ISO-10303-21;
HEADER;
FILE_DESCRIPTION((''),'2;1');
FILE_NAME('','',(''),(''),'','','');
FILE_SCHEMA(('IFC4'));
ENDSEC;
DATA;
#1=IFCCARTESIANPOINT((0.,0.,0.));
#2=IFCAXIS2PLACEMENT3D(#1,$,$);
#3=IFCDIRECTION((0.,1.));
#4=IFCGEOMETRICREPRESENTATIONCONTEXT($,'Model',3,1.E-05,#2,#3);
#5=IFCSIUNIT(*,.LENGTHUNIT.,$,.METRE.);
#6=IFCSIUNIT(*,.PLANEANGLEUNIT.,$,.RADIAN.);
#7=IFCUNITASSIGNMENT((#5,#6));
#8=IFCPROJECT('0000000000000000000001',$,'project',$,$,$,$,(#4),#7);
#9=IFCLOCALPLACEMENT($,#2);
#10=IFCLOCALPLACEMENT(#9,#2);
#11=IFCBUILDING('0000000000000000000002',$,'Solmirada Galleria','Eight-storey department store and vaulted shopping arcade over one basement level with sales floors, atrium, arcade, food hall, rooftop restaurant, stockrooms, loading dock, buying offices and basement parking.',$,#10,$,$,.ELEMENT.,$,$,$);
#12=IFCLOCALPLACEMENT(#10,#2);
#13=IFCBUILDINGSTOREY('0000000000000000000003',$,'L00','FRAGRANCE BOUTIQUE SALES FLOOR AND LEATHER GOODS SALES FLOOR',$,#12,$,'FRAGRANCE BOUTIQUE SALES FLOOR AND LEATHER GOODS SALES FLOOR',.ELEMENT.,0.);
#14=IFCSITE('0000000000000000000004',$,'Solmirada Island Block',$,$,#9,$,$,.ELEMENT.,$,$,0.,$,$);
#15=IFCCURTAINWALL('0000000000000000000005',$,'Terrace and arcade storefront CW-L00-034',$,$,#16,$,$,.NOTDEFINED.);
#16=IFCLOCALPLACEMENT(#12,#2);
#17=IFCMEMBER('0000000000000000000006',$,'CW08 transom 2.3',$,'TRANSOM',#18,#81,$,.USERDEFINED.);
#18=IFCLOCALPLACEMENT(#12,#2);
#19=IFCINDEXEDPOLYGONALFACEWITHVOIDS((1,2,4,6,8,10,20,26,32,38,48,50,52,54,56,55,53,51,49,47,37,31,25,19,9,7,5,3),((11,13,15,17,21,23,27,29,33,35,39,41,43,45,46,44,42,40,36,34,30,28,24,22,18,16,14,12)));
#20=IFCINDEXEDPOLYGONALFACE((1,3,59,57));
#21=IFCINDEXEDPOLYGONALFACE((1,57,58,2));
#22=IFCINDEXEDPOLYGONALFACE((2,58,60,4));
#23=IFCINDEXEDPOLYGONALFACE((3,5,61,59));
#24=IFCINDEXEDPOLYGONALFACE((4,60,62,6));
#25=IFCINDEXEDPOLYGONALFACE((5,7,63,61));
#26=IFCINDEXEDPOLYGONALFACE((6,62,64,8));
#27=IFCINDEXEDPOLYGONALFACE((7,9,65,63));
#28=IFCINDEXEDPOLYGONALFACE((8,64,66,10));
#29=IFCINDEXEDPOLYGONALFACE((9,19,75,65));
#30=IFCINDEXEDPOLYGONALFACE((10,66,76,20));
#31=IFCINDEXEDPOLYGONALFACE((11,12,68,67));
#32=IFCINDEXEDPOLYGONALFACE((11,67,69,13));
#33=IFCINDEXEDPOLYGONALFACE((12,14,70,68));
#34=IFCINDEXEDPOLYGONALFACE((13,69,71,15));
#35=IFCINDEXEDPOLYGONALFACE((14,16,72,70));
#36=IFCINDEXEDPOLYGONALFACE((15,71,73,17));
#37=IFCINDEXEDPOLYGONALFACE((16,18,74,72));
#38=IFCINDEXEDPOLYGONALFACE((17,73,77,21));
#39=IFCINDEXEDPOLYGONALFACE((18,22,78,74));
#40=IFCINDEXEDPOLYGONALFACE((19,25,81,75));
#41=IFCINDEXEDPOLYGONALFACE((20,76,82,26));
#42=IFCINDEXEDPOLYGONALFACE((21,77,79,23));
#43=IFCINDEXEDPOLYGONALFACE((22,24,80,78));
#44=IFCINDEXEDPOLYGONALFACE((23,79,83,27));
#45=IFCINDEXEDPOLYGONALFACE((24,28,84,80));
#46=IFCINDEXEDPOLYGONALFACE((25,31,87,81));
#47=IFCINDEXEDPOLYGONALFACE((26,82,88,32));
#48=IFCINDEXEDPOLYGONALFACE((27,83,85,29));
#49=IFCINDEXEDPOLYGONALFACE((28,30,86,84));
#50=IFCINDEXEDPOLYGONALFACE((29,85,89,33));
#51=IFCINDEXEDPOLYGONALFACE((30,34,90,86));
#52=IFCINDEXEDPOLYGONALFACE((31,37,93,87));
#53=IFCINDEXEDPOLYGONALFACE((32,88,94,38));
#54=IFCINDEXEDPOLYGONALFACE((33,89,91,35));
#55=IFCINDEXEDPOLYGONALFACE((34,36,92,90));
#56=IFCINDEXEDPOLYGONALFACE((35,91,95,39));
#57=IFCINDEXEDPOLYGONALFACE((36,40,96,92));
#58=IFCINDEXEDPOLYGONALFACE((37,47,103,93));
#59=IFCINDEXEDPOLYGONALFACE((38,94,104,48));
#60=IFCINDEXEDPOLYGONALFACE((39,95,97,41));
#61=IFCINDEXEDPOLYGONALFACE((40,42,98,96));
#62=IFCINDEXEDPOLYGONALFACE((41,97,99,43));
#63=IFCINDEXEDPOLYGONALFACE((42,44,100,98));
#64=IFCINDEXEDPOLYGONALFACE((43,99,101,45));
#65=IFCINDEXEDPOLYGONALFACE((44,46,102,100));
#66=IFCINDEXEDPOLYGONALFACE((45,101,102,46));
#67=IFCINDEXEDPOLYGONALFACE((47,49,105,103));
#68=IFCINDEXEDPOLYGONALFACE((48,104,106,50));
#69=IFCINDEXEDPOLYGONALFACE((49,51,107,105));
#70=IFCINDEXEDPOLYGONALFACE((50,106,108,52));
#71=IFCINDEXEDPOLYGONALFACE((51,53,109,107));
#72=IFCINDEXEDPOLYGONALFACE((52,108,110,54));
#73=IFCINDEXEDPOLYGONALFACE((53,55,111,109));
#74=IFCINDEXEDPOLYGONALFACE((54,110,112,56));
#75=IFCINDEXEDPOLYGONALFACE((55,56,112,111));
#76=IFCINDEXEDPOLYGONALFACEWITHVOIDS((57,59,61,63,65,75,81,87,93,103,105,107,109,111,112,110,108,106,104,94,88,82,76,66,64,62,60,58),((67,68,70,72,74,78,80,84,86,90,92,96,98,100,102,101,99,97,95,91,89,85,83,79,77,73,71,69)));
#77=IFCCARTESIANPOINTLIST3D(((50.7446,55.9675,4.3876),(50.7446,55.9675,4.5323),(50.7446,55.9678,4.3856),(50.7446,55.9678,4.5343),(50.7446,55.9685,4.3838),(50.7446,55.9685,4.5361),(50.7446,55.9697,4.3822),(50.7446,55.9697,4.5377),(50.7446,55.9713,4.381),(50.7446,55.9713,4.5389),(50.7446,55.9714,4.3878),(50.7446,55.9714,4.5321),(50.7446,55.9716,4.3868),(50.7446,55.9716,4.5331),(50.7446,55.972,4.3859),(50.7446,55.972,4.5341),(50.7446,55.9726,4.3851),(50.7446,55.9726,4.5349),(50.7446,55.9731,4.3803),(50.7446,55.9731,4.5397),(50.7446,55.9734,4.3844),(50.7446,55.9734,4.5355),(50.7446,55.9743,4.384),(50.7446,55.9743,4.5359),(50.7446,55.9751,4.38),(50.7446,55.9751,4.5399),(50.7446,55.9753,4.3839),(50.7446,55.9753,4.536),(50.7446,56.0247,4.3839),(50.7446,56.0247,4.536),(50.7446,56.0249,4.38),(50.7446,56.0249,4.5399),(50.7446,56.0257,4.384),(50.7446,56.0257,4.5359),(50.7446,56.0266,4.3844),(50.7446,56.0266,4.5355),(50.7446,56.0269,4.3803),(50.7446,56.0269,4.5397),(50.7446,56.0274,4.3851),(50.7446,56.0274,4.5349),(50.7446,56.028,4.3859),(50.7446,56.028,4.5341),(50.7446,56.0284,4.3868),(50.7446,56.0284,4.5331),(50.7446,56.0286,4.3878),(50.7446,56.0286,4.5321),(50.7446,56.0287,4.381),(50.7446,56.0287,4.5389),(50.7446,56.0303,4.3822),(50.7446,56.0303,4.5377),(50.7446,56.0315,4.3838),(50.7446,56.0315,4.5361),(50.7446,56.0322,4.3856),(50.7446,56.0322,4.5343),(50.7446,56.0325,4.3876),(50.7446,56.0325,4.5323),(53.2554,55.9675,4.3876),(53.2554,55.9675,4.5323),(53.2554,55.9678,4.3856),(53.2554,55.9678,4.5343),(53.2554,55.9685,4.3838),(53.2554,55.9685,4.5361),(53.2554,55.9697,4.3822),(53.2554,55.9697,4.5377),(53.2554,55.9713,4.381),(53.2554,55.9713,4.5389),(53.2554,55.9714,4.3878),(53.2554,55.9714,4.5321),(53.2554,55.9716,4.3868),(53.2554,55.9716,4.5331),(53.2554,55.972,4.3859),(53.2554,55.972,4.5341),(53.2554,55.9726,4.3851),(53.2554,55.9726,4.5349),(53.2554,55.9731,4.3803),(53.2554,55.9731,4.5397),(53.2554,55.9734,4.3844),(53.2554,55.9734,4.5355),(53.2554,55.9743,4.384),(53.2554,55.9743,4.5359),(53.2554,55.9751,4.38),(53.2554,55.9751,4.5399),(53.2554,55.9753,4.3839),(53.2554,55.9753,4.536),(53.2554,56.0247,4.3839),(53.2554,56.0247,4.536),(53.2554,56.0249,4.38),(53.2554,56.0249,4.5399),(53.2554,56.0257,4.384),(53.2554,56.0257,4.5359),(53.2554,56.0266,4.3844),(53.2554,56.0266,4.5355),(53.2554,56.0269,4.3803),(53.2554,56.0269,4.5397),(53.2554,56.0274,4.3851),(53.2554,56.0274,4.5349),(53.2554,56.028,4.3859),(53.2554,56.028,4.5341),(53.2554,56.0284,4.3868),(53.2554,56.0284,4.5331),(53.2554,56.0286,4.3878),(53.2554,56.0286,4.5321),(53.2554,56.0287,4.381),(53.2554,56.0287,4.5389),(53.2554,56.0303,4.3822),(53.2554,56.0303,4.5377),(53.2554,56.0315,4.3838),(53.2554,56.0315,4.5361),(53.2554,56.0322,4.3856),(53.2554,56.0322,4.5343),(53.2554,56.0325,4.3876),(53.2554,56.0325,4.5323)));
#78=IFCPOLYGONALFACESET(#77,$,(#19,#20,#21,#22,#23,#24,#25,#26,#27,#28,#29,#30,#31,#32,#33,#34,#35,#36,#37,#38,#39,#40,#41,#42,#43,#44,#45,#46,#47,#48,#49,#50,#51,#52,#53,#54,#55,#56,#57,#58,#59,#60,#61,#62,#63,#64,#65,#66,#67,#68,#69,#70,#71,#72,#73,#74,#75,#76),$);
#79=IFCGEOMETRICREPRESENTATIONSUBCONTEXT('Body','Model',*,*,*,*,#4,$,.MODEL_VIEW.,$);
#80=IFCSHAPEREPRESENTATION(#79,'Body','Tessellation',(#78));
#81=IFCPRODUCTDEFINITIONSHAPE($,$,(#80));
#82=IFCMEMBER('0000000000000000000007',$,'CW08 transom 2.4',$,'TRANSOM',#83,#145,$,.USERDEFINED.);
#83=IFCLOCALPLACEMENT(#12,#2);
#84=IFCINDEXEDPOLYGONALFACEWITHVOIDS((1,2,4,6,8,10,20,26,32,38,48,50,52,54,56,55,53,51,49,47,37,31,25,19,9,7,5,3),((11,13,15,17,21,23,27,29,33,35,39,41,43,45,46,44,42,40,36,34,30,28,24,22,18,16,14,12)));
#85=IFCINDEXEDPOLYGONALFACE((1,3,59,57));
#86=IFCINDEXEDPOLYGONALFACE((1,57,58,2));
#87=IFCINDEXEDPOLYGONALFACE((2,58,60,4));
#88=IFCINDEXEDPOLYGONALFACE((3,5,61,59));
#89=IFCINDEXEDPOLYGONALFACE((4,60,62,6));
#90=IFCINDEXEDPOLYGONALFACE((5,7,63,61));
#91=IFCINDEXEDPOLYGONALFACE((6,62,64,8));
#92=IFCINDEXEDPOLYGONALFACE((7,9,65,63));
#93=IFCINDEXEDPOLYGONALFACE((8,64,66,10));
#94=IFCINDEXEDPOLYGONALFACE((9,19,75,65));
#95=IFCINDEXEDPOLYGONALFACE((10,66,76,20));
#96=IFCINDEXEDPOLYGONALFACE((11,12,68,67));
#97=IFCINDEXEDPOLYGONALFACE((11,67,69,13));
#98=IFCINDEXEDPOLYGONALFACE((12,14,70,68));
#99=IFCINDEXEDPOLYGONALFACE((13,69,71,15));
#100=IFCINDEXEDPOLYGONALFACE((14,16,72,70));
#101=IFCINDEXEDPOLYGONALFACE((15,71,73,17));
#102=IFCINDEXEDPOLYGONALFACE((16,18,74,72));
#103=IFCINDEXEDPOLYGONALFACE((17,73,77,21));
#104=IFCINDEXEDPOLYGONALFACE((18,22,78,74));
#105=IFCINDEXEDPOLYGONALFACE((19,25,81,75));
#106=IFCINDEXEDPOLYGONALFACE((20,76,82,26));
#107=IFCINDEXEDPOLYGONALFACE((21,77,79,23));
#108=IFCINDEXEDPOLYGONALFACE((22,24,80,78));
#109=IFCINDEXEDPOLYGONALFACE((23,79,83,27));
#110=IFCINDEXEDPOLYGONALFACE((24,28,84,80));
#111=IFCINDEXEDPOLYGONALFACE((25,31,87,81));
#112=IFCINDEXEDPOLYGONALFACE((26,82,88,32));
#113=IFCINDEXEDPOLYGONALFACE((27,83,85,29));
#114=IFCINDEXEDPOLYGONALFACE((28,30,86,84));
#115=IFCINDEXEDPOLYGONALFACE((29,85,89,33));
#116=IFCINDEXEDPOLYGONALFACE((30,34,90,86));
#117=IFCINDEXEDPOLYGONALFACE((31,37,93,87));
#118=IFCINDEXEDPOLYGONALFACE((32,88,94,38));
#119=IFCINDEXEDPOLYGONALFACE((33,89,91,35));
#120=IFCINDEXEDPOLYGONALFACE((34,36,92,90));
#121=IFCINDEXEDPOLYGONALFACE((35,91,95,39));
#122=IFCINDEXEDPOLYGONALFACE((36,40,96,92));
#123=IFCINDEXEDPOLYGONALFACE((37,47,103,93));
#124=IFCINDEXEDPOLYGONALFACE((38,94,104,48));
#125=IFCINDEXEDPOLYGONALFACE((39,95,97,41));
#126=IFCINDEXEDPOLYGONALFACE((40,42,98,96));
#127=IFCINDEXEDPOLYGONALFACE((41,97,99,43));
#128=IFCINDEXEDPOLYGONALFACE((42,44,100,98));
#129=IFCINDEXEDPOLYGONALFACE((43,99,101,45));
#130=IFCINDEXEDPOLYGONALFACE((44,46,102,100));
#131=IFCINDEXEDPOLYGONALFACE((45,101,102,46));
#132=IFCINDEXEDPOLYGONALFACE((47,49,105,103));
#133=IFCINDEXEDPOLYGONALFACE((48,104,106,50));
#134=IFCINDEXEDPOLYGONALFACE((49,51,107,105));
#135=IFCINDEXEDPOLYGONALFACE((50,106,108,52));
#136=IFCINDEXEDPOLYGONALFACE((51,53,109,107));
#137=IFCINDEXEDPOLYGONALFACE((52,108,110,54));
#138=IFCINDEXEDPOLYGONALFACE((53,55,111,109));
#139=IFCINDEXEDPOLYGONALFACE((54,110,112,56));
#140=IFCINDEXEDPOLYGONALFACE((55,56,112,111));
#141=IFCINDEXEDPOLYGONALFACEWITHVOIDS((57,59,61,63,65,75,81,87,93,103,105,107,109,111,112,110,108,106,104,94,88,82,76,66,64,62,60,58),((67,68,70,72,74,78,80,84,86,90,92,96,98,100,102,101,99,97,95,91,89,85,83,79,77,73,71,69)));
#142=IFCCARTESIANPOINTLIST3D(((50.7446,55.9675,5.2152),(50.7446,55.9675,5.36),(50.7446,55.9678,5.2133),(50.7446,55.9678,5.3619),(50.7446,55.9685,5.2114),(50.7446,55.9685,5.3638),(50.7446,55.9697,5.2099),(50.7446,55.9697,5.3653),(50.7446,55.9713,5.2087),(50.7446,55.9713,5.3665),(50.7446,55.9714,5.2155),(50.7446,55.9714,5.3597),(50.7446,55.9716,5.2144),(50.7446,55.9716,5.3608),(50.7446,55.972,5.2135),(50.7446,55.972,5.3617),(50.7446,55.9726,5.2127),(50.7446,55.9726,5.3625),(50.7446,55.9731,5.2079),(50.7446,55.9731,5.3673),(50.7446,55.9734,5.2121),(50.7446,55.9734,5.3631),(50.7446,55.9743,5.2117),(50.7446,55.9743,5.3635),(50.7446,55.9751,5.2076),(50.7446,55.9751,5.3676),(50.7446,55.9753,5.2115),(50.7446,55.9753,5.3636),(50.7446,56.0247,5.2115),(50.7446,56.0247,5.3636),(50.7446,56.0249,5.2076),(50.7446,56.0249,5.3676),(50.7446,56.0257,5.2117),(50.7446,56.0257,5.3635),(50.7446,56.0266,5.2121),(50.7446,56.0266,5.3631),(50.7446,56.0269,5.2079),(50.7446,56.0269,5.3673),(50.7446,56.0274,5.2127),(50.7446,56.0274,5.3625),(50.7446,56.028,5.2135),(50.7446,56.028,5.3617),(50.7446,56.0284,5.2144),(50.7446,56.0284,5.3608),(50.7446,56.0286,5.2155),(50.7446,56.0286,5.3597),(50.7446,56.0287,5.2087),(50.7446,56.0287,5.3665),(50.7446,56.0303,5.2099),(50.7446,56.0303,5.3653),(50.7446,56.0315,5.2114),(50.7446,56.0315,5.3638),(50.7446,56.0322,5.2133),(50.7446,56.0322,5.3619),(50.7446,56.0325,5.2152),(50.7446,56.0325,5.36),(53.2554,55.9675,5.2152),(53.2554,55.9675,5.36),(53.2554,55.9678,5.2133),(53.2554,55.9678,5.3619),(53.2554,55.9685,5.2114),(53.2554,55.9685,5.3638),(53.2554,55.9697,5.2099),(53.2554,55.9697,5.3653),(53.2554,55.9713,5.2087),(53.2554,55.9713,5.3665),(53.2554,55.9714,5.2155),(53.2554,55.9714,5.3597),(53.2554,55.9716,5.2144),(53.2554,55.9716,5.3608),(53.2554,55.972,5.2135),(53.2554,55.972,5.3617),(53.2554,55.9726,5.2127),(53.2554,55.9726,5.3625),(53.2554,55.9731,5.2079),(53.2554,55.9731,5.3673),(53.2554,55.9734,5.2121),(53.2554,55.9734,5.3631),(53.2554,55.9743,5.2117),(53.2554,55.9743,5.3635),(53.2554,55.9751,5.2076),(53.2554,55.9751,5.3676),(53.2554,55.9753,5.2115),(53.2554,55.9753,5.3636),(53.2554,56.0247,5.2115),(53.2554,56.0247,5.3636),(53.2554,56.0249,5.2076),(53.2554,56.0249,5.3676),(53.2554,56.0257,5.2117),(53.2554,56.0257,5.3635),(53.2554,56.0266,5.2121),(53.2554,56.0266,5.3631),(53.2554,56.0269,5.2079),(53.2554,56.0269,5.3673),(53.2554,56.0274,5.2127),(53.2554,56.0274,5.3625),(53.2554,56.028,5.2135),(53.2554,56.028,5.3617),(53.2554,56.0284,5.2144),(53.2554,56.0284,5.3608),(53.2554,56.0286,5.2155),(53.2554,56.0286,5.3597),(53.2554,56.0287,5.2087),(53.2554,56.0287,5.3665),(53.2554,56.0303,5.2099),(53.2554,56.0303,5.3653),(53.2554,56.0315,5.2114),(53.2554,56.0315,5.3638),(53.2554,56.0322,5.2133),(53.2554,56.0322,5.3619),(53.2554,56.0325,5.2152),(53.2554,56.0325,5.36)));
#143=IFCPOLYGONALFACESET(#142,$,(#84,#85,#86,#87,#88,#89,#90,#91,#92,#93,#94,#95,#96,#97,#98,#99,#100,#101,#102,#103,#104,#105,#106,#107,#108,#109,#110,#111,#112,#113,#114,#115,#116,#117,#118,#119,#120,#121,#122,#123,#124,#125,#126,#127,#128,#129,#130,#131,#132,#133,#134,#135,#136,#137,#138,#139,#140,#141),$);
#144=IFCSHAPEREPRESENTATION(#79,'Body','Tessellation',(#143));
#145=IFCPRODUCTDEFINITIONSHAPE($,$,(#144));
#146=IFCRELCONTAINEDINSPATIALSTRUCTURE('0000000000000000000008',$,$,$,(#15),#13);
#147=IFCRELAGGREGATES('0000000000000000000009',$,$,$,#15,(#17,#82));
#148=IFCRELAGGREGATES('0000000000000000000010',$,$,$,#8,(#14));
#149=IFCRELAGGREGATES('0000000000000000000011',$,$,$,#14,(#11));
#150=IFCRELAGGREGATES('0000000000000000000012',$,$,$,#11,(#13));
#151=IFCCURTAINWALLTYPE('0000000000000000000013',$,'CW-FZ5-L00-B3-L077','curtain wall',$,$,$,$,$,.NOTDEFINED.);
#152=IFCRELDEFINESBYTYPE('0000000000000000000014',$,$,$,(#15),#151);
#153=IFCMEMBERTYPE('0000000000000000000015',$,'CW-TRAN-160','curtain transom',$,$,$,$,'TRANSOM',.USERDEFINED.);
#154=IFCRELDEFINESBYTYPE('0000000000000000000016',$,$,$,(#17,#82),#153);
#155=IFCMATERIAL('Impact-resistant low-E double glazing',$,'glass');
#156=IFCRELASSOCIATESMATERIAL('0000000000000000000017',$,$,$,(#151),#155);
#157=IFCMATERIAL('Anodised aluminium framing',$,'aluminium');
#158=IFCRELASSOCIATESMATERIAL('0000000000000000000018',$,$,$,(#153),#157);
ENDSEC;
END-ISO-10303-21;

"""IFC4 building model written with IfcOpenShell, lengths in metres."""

from ifc_helpers import new_model, si_unit, direction, frame, origin, origin_2d, place, context, subcontext, project, spatial, hollow_rectangle, extrude, material, material_profile, profile_set, type_object, element, aggregate, save


model = new_model("IFC4")

# Units and contexts
model_context = context("Model", 3, precision=1e-05, world=origin(), true_north=direction((0.0, 1.0)))
body_context = subcontext(model_context, "Body", "Model", "MODEL_VIEW")
ifc_project = project(units=[si_unit("LENGTHUNIT", "METRE"), si_unit("PLANEANGLEUNIT", "RADIAN")], contexts=[model_context])

# Site, building, storey
site_placement = place(None, origin())
site = spatial("IfcSite", under=ifc_project, at=site_placement, Name="Solmirada Island Block", CompositionType="ELEMENT", RefElevation=0.0)
building_placement = place(site_placement, origin())
building = spatial("IfcBuilding", under=site, at=building_placement, Name="Solmirada Galleria", Description="Eight-storey department store and vaulted shopping arcade over one basement level with sales floors, atrium, arcade, food hall, rooftop restaurant, stockrooms, loading dock, buying offices and basement parking.", CompositionType="ELEMENT")
storey_placement = place(building_placement, origin())
storey = spatial("IfcBuildingStorey", under=building, at=storey_placement, Name="L00", Description="FRAGRANCE BOUTIQUE SALES FLOOR AND LEATHER GOODS SALES FLOOR", LongName="FRAGRANCE BOUTIQUE SALES FLOOR AND LEATHER GOODS SALES FLOOR", CompositionType="ELEMENT", Elevation=0.0)

# Curtain wall, members
ifc_material_1 = material(Name="Impact-resistant low-E double glazing", Category="glass")
curtain_wall_type = type_object("IfcCurtainWallType", Name="CW-FZ5-L00-B3-L077", Description="curtain wall", PredefinedType="NOTDEFINED", material=ifc_material_1)
curtain_wall_placement = place(storey_placement, origin())
curtain_wall = element("IfcCurtainWall", 1, at=curtain_wall_placement, inside=storey, type_object=curtain_wall_type, Name="Terrace and arcade storefront CW-L00-034", PredefinedType="NOTDEFINED")
ifc_material_2 = material(Name="Anodised aluminium framing", Category="aluminium")
ifc_material_profile_1 = material_profile(ifc_material_2, hollow_rectangle(XDim=0.0649, YDim=0.1599, WallThickness=0.0039, InnerFilletRadius=0.0039, OuterFilletRadius=0.0076, at=origin_2d()), Name="ALU-TRAN-160X65")
ifc_profile_set_1 = profile_set([ifc_material_profile_1], Name="Anodised aluminium framing")
member_type_1 = type_object("IfcMemberType", Name="CW-TRAN-160", Description="curtain transom", ElementType="TRANSOM", PredefinedType="USERDEFINED", material=ifc_profile_set_1)
member_1_placement = place(storey_placement, frame((53.2554, 56.0, 4.46), z_axis=(-1.0, 0.0, 0.0), x_axis=(0.0, -1.0, 0.0)))
member_1 = element("IfcMember", 2, at=member_1_placement, type_object=member_type_1, Name="CW08 transom 2.3", ObjectType="TRANSOM", PredefinedType="USERDEFINED", context=body_context, shape_type="SweptSolid", body=[
    extrude(hollow_rectangle(XDim=0.0649, YDim=0.1599, WallThickness=0.0039, InnerFilletRadius=0.0039, OuterFilletRadius=0.0076, at=origin_2d()), origin(), (0.0, 0.0, 1.0), 2.5107),
])
member_2_placement = place(storey_placement, frame((53.2554, 56.0, 5.2876), z_axis=(-1.0, 0.0, 0.0), x_axis=(0.0, -1.0, 0.0)))
member_2 = element("IfcMember", 3, at=member_2_placement, type_object=member_type_1, Name="CW08 transom 2.4", ObjectType="TRANSOM", PredefinedType="USERDEFINED", context=body_context, shape_type="SweptSolid", body=[
    extrude(hollow_rectangle(XDim=0.0649, YDim=0.1599, WallThickness=0.0039, InnerFilletRadius=0.0039, OuterFilletRadius=0.0076, at=origin_2d()), origin(), (0.0, 0.0, 1.0), 2.5107),
])
aggregate(curtain_wall, [member_1, member_2])

save(model, "model.ifc")
